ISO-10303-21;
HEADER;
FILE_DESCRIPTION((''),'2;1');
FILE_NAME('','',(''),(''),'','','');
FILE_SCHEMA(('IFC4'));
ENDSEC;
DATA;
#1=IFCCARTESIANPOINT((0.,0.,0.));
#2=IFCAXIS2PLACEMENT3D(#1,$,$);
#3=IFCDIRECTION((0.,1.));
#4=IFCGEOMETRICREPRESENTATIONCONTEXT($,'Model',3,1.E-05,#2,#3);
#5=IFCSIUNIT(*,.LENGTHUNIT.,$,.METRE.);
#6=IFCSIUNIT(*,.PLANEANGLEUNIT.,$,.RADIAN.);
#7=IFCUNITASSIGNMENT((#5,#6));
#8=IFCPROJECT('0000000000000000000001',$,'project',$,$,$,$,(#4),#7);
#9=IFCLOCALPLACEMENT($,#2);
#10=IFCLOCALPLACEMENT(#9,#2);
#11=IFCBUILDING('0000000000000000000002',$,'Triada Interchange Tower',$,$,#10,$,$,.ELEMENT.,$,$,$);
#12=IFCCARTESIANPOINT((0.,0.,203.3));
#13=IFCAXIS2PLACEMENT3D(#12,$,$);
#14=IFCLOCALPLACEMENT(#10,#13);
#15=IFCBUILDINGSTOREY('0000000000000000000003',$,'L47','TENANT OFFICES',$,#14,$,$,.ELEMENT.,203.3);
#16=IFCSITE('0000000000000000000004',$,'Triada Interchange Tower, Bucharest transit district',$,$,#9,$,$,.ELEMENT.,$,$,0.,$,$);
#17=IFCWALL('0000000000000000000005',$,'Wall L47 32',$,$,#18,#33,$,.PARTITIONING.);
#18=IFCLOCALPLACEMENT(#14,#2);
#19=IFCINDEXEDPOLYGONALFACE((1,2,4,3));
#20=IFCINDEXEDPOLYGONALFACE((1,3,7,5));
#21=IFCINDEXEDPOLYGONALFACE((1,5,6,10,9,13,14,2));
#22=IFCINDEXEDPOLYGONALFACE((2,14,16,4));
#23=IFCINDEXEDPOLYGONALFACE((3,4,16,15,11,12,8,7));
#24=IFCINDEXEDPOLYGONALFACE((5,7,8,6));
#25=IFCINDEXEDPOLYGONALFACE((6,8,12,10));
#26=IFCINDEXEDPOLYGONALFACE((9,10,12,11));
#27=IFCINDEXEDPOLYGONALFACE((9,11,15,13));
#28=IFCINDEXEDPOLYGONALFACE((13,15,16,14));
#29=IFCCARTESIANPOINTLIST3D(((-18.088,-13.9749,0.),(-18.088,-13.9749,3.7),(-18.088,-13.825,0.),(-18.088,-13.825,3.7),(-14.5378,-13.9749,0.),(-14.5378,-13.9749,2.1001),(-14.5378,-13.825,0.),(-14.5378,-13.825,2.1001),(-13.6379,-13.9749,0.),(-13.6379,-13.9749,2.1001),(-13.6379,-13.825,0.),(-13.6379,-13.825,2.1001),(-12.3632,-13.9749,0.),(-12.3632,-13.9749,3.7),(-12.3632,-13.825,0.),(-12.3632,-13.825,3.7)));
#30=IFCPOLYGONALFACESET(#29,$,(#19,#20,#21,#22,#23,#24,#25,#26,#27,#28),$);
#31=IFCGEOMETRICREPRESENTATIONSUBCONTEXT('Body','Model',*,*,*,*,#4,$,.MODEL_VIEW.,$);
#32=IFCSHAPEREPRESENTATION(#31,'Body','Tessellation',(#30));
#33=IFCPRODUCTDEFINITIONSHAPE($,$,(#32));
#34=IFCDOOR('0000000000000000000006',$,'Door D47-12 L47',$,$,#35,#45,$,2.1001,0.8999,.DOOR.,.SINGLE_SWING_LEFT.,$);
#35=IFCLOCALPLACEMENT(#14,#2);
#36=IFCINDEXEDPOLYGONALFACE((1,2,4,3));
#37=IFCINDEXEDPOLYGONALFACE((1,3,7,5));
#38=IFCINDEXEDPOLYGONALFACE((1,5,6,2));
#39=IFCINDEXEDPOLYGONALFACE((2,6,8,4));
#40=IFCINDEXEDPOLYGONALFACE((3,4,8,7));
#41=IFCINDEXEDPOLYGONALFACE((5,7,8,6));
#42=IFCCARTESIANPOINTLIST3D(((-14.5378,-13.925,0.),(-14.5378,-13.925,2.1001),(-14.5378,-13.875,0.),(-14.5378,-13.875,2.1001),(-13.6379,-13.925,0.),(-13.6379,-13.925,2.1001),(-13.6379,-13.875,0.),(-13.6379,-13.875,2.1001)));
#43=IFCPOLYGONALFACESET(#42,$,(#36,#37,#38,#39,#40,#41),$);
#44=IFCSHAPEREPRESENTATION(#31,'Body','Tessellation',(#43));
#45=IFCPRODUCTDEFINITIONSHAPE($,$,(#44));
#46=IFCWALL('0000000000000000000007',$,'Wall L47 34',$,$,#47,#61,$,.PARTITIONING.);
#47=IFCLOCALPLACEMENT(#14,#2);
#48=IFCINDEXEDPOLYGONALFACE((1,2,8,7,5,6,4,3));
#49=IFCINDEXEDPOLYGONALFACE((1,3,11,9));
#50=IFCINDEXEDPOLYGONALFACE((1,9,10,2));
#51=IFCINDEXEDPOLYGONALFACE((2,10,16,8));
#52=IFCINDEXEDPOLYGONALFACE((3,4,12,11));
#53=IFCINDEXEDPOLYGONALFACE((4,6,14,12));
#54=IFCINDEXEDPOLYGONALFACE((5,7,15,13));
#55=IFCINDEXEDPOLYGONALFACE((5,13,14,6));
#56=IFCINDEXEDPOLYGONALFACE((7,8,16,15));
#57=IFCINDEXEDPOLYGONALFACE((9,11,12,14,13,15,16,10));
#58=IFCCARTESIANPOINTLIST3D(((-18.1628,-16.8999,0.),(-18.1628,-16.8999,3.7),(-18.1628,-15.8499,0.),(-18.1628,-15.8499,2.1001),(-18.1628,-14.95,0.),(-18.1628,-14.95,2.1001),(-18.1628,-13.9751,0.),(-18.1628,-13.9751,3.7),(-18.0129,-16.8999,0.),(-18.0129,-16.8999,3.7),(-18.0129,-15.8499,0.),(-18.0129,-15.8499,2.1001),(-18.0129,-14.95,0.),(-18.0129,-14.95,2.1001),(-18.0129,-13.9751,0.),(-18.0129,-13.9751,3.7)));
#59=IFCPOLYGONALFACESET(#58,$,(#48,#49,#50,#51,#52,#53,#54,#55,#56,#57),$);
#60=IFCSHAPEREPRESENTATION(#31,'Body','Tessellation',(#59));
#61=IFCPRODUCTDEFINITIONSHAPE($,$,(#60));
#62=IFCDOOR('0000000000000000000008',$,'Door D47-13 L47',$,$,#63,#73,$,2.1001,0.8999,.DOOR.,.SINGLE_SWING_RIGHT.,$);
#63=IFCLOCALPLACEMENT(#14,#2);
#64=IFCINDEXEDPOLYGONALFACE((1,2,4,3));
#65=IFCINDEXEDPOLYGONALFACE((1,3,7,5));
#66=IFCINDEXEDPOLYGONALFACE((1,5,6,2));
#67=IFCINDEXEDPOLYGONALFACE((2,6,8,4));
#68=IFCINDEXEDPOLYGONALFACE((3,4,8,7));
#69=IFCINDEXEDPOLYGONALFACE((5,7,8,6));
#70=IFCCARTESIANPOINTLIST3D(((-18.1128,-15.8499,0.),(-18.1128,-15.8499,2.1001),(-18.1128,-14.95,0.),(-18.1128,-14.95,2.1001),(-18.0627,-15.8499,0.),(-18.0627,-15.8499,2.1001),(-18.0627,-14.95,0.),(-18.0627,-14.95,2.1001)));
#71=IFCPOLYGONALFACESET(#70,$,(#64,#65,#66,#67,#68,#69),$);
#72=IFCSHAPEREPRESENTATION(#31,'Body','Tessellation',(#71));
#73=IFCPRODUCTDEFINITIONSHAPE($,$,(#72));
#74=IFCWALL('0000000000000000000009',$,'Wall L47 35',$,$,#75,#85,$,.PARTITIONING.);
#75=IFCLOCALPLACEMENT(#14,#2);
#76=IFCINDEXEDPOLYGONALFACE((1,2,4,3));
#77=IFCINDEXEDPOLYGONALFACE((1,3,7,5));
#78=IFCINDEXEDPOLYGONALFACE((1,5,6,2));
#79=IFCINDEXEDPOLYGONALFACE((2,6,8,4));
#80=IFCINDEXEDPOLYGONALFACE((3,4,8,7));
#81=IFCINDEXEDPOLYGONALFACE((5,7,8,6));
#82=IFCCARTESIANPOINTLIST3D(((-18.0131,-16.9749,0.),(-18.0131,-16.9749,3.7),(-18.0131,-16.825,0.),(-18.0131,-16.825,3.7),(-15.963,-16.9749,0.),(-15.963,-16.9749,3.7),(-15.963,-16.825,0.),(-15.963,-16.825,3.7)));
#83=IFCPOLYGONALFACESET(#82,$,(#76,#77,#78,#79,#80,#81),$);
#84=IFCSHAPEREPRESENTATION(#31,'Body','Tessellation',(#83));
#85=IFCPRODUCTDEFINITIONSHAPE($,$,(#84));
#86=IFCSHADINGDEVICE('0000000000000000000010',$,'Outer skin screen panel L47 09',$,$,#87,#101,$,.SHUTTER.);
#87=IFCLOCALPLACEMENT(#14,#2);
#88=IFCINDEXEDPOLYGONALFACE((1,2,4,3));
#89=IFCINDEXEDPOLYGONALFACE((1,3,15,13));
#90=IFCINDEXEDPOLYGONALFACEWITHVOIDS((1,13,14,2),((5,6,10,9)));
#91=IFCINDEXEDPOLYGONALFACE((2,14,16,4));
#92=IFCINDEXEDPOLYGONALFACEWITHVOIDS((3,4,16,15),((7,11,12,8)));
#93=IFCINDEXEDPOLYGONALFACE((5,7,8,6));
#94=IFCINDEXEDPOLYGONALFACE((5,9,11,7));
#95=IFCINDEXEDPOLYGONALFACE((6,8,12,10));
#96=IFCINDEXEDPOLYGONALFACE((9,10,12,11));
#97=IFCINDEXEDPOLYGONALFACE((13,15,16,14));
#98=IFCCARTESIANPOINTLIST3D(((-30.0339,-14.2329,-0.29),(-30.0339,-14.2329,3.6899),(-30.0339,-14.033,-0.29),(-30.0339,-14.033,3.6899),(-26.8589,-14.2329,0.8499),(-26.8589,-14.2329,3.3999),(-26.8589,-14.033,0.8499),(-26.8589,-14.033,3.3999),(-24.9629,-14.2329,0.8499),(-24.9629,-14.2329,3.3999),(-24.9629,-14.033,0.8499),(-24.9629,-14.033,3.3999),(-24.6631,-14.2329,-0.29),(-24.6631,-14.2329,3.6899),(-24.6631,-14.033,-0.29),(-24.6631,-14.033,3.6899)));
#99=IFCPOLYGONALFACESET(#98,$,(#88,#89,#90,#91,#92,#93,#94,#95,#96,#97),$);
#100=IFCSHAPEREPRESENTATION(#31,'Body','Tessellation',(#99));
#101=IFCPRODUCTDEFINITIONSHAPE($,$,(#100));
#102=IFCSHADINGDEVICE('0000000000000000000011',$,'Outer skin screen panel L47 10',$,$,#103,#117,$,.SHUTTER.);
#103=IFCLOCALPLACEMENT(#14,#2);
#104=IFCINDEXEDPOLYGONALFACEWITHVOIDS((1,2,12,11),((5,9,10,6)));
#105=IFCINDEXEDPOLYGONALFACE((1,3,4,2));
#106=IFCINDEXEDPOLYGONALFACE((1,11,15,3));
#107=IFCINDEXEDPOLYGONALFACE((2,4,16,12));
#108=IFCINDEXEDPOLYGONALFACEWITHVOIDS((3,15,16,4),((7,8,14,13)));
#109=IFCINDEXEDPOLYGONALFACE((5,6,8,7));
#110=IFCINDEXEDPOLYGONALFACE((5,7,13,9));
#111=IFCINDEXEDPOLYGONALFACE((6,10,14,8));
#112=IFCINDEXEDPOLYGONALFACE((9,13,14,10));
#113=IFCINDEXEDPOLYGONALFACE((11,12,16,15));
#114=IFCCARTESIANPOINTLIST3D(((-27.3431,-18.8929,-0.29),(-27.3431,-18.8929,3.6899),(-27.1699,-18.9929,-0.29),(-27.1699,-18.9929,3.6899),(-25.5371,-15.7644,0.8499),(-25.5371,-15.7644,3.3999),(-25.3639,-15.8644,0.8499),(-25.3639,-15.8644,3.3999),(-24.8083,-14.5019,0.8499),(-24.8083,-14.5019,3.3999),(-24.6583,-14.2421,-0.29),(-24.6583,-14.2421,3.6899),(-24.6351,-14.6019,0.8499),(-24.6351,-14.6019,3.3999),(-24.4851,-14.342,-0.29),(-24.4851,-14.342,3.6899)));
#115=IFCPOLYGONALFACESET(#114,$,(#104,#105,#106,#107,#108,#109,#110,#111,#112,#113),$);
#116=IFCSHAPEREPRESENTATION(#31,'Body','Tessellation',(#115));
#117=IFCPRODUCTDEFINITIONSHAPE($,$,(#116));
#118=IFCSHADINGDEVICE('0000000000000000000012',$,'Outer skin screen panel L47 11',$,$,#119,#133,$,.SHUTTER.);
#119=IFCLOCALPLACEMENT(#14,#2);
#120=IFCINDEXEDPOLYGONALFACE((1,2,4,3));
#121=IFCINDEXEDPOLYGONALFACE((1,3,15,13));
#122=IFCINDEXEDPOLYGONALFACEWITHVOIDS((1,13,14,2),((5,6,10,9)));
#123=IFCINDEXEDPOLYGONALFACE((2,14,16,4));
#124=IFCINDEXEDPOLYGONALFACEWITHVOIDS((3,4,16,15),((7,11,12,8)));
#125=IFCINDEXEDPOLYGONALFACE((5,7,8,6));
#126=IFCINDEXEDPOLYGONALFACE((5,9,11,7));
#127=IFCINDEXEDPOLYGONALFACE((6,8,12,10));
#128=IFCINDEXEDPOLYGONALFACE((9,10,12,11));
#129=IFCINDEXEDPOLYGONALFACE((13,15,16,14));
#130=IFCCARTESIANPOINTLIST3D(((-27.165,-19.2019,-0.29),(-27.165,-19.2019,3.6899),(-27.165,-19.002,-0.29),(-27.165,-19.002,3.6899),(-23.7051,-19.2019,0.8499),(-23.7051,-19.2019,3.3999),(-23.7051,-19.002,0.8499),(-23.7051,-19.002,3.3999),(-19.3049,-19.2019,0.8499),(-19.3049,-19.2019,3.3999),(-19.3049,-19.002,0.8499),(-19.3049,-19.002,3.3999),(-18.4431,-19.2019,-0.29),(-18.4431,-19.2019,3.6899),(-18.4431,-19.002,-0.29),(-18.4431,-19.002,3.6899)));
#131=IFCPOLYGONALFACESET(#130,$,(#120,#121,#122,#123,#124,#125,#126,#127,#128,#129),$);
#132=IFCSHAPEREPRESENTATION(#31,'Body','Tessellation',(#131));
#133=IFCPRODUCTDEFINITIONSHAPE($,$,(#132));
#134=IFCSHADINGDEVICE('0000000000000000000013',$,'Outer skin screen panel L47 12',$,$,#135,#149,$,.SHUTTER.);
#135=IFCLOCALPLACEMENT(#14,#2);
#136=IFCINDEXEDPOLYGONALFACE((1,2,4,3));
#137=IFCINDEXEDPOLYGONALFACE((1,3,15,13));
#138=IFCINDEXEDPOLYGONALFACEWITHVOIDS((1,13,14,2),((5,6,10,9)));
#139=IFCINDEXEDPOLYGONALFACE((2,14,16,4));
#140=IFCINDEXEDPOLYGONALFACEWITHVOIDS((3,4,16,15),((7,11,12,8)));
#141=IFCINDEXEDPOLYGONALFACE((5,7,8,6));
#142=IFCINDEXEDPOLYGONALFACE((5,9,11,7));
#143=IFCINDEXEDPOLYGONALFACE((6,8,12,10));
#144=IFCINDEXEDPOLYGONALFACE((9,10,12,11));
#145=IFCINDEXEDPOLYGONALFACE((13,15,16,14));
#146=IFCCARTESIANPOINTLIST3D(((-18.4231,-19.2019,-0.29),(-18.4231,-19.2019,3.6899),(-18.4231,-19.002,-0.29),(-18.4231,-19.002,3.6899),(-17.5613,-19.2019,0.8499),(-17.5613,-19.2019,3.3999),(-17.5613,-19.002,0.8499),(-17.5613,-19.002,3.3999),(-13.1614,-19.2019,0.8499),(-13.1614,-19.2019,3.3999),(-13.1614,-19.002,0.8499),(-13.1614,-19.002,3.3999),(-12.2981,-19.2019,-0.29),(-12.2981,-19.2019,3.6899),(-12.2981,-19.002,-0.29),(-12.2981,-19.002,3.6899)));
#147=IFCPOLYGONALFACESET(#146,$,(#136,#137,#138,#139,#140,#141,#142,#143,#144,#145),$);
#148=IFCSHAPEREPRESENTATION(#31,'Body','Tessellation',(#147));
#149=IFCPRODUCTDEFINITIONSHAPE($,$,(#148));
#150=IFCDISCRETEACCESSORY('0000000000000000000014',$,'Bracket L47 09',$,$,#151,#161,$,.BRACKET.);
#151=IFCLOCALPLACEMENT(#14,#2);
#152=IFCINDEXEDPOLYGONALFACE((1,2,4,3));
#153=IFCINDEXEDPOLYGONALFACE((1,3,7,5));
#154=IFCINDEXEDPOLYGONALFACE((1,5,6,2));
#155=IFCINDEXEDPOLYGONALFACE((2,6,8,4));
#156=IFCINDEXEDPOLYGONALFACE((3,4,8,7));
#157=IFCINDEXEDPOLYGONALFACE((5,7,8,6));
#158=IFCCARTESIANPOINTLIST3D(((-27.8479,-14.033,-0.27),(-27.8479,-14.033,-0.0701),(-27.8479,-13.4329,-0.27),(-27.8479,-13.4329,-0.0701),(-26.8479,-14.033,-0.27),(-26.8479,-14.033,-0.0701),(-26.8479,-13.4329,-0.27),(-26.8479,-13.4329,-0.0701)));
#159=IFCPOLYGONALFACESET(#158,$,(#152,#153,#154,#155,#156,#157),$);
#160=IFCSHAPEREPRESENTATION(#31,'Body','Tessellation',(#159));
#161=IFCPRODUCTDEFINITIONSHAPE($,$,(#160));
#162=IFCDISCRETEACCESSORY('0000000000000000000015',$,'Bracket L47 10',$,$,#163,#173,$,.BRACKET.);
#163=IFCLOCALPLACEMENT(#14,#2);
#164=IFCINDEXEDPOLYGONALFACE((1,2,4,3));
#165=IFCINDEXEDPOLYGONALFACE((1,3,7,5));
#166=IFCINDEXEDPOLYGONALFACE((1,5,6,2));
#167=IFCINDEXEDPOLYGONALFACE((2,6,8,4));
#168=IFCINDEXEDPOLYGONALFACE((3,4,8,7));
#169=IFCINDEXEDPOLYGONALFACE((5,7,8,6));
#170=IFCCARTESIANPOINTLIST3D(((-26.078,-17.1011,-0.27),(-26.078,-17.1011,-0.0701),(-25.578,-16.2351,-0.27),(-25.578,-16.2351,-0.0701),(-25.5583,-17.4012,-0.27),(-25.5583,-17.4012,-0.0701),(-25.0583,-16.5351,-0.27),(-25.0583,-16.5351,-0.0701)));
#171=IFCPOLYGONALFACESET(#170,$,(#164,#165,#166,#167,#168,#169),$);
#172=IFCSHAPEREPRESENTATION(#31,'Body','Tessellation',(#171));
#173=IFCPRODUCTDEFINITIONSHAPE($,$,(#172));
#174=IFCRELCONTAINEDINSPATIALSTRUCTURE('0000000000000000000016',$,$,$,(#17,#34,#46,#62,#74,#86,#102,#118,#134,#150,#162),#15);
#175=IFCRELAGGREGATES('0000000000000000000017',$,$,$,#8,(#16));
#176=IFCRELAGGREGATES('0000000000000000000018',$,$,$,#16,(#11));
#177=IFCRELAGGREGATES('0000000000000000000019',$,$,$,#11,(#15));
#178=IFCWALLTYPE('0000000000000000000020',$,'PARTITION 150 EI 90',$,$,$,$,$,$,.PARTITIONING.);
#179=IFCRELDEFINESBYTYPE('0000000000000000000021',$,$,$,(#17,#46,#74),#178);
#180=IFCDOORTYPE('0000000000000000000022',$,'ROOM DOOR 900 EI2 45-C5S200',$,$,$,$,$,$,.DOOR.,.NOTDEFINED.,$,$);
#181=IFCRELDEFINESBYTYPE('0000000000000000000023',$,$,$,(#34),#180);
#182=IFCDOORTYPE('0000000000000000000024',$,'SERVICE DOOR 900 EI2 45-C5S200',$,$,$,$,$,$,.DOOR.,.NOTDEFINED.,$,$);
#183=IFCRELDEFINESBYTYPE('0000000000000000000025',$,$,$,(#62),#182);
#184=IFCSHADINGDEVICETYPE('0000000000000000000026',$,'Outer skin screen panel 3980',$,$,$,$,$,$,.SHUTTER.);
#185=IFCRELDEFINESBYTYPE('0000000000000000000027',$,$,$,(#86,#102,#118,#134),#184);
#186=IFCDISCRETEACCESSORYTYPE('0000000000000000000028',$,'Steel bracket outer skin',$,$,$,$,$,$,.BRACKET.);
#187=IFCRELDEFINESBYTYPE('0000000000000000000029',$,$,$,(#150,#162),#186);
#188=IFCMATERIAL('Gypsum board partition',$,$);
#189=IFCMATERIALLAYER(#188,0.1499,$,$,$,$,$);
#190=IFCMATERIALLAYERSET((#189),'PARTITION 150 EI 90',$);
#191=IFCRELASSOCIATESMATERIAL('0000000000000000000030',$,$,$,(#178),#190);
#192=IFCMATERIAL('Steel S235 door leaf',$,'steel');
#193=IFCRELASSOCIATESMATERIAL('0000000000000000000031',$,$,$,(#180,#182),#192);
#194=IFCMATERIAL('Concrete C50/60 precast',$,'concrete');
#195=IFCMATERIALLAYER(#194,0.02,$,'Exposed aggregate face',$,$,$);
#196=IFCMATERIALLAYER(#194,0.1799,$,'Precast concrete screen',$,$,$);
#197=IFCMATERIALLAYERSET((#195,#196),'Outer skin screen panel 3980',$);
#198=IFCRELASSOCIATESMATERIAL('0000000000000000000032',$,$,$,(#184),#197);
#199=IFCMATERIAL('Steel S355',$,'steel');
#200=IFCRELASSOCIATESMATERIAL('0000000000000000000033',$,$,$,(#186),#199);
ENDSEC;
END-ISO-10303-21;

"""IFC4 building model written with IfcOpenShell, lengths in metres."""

from ifc_helpers import new_model, si_unit, direction, frame, frame_2d, origin, origin_2d, place, context, subcontext, project, spatial, polyline, rectangle, outline, extrude, material, layer, layer_set, type_object, element, fill, save


model = new_model("IFC4")

# Units and contexts
model_context = context("Model", 3, precision=1e-05, world=origin(), true_north=direction((0.0, 1.0)))
body_context = subcontext(model_context, "Body", "Model", "MODEL_VIEW")
ifc_project = project(units=[si_unit("LENGTHUNIT", "METRE"), si_unit("PLANEANGLEUNIT", "RADIAN")], contexts=[model_context])

# Site, building, storey
site_placement = place(None, origin())
site = spatial("IfcSite", under=ifc_project, at=site_placement, Name="Triada Interchange Tower, Bucharest transit district", CompositionType="ELEMENT", RefElevation=0.0)
building_placement = place(site_placement, origin())
building = spatial("IfcBuilding", under=site, at=building_placement, Name="Triada Interchange Tower", CompositionType="ELEMENT")
storey_placement = place(building_placement, frame((0.0, 0.0, 203.3)))
storey = spatial("IfcBuildingStorey", under=building, at=storey_placement, Name="L47", Description="TENANT OFFICES", CompositionType="ELEMENT", Elevation=203.3)

# Walls, openings, doors
ifc_material_1 = material(Name="Gypsum board partition")
ifc_layer_1 = layer(ifc_material_1, 0.1499)
ifc_layer_set_1 = layer_set([ifc_layer_1], Name="PARTITION 150 EI 90")
wall_type_1 = type_object("IfcWallType", Name="PARTITION 150 EI 90", PredefinedType="PARTITIONING", material=ifc_layer_set_1)
wall_1_placement = place(storey_placement, frame((-18.0879, -13.8999, 0.0), z_axis=(0.0, 0.0, 1.0), x_axis=(1.0, 0.0, 0.0)))
wall_1 = element("IfcWall", 1, at=wall_1_placement, inside=storey, type_object=wall_type_1, Name="Wall L47 32", PredefinedType="PARTITIONING", context=body_context, shape_type="SweptSolid", body=[
    extrude(rectangle(XDim=5.7249, YDim=0.1499, at=frame_2d((2.8623, 0.0))), origin(), (0.0, 0.0, 1.0), 3.7),
])
opening_1_placement = place(wall_1_placement, frame((3.55, 0.0, 0.0)))
opening_1 = element("IfcOpeningElement", 2, at=opening_1_placement, cuts=wall_1, PredefinedType="OPENING", context=body_context, shape_type="SweptSolid", body=[
    extrude(rectangle(XDim=0.8999, YDim=2.1001, at=frame_2d((0.45, 1.05))), frame((0.0, 0.085, 0.0), z_axis=(0.0, -1.0, 0.0), x_axis=(1.0, 0.0, 0.0)), (0.0, 0.0, 1.0), 0.1699),
])
ifc_material_2 = material(Name="Steel S235 door leaf", Category="steel")
door_type_1 = type_object("IfcDoorType", Name="ROOM DOOR 900 EI2 45-C5S200", OperationType="NOTDEFINED", PredefinedType="DOOR", material=ifc_material_2)
door_1_placement = place(opening_1_placement, origin())
door_1 = element("IfcDoor", 3, at=door_1_placement, inside=storey, type_object=door_type_1, Name="Door D47-12 L47", OperationType="SINGLE_SWING_LEFT", OverallHeight=2.1001, OverallWidth=0.8999, PredefinedType="DOOR", context=body_context, shape_type="SweptSolid", body=[
    extrude(rectangle(XDim=0.8999, YDim=2.1001, at=frame_2d((0.45, 1.05))), frame((0.0, 0.0249, 0.0), z_axis=(0.0, -1.0, 0.0), x_axis=(1.0, 0.0, 0.0)), (0.0, 0.0, 1.0), 0.05),
])
fill(opening_1, door_1)
wall_2_placement = place(storey_placement, frame((-18.0879, -16.8999, 0.0), z_axis=(0.0, 0.0, 1.0), x_axis=(0.0, 1.0, 0.0)))
wall_2 = element("IfcWall", 4, at=wall_2_placement, inside=storey, type_object=wall_type_1, Name="Wall L47 34", PredefinedType="PARTITIONING", context=body_context, shape_type="SweptSolid", body=[
    extrude(rectangle(XDim=2.9248, YDim=0.1499, at=frame_2d((1.4624, 0.0))), origin(), (0.0, 0.0, 1.0), 3.7),
])
opening_2_placement = place(wall_2_placement, frame((1.05, 0.0, 0.0)))
opening_2 = element("IfcOpeningElement", 5, at=opening_2_placement, cuts=wall_2, PredefinedType="OPENING", context=body_context, shape_type="SweptSolid", body=[
    extrude(rectangle(XDim=0.8999, YDim=2.1001, at=frame_2d((0.45, 1.05))), frame((0.0, 0.085, 0.0), z_axis=(0.0, -1.0, 0.0), x_axis=(1.0, 0.0, 0.0)), (0.0, 0.0, 1.0), 0.1699),
])
door_type_2 = type_object("IfcDoorType", Name="SERVICE DOOR 900 EI2 45-C5S200", OperationType="NOTDEFINED", PredefinedType="DOOR", material=ifc_material_2)
door_2_placement = place(opening_2_placement, origin())
door_2 = element("IfcDoor", 6, at=door_2_placement, inside=storey, type_object=door_type_2, Name="Door D47-13 L47", OperationType="SINGLE_SWING_RIGHT", OverallHeight=2.1001, OverallWidth=0.8999, PredefinedType="DOOR", context=body_context, shape_type="SweptSolid", body=[
    extrude(rectangle(XDim=0.8999, YDim=2.1001, at=frame_2d((0.45, 1.05))), frame((0.0, 0.0249, 0.0), z_axis=(0.0, -1.0, 0.0), x_axis=(1.0, 0.0, 0.0)), (0.0, 0.0, 1.0), 0.05),
])
fill(opening_2, door_2)

# Wall
wall_3_placement = place(storey_placement, frame((-18.0129, -16.8999, 0.0), z_axis=(0.0, 0.0, 1.0), x_axis=(1.0, 0.0, 0.0)))
element("IfcWall", 7, at=wall_3_placement, inside=storey, type_object=wall_type_1, Name="Wall L47 35", PredefinedType="PARTITIONING", context=body_context, shape_type="SweptSolid", body=[
    extrude(rectangle(XDim=2.05, YDim=0.1499, at=frame_2d((1.0249, 0.0))), origin(), (0.0, 0.0, 1.0), 3.7),
])

# Shading devices
ifc_material_3 = material(Name="Concrete C50/60 precast", Category="concrete")
ifc_layer_2 = layer(ifc_material_3, 0.02, Name="Exposed aggregate face")
ifc_layer_3 = layer(ifc_material_3, 0.1799, Name="Precast concrete screen")
ifc_layer_set_2 = layer_set([ifc_layer_2, ifc_layer_3], Name="Outer skin screen panel 3980")
shading_device_type = type_object("IfcShadingDeviceType", Name="Outer skin screen panel 3980", PredefinedType="SHUTTER", material=ifc_layer_set_2)
shading_device_1_placement = place(storey_placement, frame((-30.0339, -14.033, -0.29), z_axis=(0.0, 0.0, 1.0), x_axis=(1.0, 0.0, 0.0)))
element("IfcShadingDevice", 8, at=shading_device_1_placement, inside=storey, type_object=shading_device_type, Name="Outer skin screen panel L47 09", PredefinedType="SHUTTER", context=body_context, shape_type="SweptSolid", body=[
    extrude(outline(polyline([(0.0, 0.0), (5.3708, 0.0), (5.3708, 3.98), (0.0, 3.98), (0.0, 0.0)]), holes=[polyline([(3.175, 1.1399), (3.175, 3.6899), (5.071, 3.6899), (5.071, 1.1399), (3.175, 1.1399)])]), frame((0.0, 0.0, 0.0), z_axis=(0.0, -1.0, 0.0), x_axis=(1.0, 0.0, 0.0)), (0.0, 0.0, 1.0), 0.2),
])
shading_device_2_placement = place(storey_placement, frame((-24.4851, -14.342, -0.29), z_axis=(0.0, 0.0, 1.0), x_axis=(-0.499948, -0.866055, 0.0)))
element("IfcShadingDevice", 9, at=shading_device_2_placement, inside=storey, type_object=shading_device_type, Name="Outer skin screen panel L47 10", PredefinedType="SHUTTER", context=body_context, shape_type="SweptSolid", body=[
    extrude(outline(polyline([(0.0, 0.0), (5.3701, 0.0), (5.3701, 3.98), (0.0, 3.98), (0.0, 0.0)]), holes=[polyline([(0.3, 1.1399), (0.3, 3.6899), (1.7578, 3.6899), (1.7578, 1.1399), (0.3, 1.1399)])]), frame((0.0, 0.0, 0.0), z_axis=(0.0, -1.0, 0.0), x_axis=(1.0, 0.0, 0.0)), (0.0, 0.0, 1.0), 0.2),
])
shading_device_3_placement = place(storey_placement, frame((-27.165, -19.002, -0.29), z_axis=(0.0, 0.0, 1.0), x_axis=(1.0, 0.0, 0.0)))
element("IfcShadingDevice", 10, at=shading_device_3_placement, inside=storey, type_object=shading_device_type, Name="Outer skin screen panel L47 11", PredefinedType="SHUTTER", context=body_context, shape_type="SweptSolid", body=[
    extrude(outline(polyline([(0.0, 0.0), (8.7219, 0.0), (8.7219, 3.98), (0.0, 3.98), (0.0, 0.0)]), holes=[polyline([(3.46, 1.1399), (3.46, 3.6899), (7.8601, 3.6899), (7.8601, 1.1399), (3.46, 1.1399)])]), frame((0.0, 0.0, 0.0), z_axis=(0.0, -1.0, 0.0), x_axis=(1.0, 0.0, 0.0)), (0.0, 0.0, 1.0), 0.2),
])
shading_device_4_placement = place(storey_placement, frame((-18.4231, -19.002, -0.29), z_axis=(0.0, 0.0, 1.0), x_axis=(1.0, 0.0, 0.0)))
element("IfcShadingDevice", 11, at=shading_device_4_placement, inside=storey, type_object=shading_device_type, Name="Outer skin screen panel L47 12", PredefinedType="SHUTTER", context=body_context, shape_type="SweptSolid", body=[
    extrude(outline(polyline([(0.0, 0.0), (6.125, 0.0), (6.125, 3.98), (0.0, 3.98), (0.0, 0.0)]), holes=[polyline([(0.8618, 1.1399), (0.8618, 3.6899), (5.2617, 3.6899), (5.2617, 1.1399), (0.8618, 1.1399)])]), frame((0.0, 0.0, 0.0), z_axis=(0.0, -1.0, 0.0), x_axis=(1.0, 0.0, 0.0)), (0.0, 0.0, 1.0), 0.2),
])

# Discrete accessories
ifc_material_4 = material(Name="Steel S355", Category="steel")
discrete_accessory_type = type_object("IfcDiscreteAccessoryType", Name="Steel bracket outer skin", PredefinedType="BRACKET", material=ifc_material_4)
for number, where, z_axis, x_axis, name in (
    (12, (-27.3479, -13.7329, -0.27), (0.0, 0.0, 1.0), (0.0, -1.0, 0.0), "Bracket L47 09"),
    (13, (-25.5681, -16.8181, -0.27), (0.0, 0.0, 1.0), (-0.866014, 0.500019, 0.0), "Bracket L47 10"),
):
    element("IfcDiscreteAccessory", number, at=place(storey_placement, frame(where, z_axis=z_axis, x_axis=x_axis)), inside=storey, type_object=discrete_accessory_type, Name=name, PredefinedType="BRACKET", context=body_context, shape_type="SweptSolid", body=[
        extrude(rectangle(XDim=0.6001, YDim=1.0, at=origin_2d()), origin(), (0.0, 0.0, 1.0), 0.2),
    ])

save(model, "model.ifc")
